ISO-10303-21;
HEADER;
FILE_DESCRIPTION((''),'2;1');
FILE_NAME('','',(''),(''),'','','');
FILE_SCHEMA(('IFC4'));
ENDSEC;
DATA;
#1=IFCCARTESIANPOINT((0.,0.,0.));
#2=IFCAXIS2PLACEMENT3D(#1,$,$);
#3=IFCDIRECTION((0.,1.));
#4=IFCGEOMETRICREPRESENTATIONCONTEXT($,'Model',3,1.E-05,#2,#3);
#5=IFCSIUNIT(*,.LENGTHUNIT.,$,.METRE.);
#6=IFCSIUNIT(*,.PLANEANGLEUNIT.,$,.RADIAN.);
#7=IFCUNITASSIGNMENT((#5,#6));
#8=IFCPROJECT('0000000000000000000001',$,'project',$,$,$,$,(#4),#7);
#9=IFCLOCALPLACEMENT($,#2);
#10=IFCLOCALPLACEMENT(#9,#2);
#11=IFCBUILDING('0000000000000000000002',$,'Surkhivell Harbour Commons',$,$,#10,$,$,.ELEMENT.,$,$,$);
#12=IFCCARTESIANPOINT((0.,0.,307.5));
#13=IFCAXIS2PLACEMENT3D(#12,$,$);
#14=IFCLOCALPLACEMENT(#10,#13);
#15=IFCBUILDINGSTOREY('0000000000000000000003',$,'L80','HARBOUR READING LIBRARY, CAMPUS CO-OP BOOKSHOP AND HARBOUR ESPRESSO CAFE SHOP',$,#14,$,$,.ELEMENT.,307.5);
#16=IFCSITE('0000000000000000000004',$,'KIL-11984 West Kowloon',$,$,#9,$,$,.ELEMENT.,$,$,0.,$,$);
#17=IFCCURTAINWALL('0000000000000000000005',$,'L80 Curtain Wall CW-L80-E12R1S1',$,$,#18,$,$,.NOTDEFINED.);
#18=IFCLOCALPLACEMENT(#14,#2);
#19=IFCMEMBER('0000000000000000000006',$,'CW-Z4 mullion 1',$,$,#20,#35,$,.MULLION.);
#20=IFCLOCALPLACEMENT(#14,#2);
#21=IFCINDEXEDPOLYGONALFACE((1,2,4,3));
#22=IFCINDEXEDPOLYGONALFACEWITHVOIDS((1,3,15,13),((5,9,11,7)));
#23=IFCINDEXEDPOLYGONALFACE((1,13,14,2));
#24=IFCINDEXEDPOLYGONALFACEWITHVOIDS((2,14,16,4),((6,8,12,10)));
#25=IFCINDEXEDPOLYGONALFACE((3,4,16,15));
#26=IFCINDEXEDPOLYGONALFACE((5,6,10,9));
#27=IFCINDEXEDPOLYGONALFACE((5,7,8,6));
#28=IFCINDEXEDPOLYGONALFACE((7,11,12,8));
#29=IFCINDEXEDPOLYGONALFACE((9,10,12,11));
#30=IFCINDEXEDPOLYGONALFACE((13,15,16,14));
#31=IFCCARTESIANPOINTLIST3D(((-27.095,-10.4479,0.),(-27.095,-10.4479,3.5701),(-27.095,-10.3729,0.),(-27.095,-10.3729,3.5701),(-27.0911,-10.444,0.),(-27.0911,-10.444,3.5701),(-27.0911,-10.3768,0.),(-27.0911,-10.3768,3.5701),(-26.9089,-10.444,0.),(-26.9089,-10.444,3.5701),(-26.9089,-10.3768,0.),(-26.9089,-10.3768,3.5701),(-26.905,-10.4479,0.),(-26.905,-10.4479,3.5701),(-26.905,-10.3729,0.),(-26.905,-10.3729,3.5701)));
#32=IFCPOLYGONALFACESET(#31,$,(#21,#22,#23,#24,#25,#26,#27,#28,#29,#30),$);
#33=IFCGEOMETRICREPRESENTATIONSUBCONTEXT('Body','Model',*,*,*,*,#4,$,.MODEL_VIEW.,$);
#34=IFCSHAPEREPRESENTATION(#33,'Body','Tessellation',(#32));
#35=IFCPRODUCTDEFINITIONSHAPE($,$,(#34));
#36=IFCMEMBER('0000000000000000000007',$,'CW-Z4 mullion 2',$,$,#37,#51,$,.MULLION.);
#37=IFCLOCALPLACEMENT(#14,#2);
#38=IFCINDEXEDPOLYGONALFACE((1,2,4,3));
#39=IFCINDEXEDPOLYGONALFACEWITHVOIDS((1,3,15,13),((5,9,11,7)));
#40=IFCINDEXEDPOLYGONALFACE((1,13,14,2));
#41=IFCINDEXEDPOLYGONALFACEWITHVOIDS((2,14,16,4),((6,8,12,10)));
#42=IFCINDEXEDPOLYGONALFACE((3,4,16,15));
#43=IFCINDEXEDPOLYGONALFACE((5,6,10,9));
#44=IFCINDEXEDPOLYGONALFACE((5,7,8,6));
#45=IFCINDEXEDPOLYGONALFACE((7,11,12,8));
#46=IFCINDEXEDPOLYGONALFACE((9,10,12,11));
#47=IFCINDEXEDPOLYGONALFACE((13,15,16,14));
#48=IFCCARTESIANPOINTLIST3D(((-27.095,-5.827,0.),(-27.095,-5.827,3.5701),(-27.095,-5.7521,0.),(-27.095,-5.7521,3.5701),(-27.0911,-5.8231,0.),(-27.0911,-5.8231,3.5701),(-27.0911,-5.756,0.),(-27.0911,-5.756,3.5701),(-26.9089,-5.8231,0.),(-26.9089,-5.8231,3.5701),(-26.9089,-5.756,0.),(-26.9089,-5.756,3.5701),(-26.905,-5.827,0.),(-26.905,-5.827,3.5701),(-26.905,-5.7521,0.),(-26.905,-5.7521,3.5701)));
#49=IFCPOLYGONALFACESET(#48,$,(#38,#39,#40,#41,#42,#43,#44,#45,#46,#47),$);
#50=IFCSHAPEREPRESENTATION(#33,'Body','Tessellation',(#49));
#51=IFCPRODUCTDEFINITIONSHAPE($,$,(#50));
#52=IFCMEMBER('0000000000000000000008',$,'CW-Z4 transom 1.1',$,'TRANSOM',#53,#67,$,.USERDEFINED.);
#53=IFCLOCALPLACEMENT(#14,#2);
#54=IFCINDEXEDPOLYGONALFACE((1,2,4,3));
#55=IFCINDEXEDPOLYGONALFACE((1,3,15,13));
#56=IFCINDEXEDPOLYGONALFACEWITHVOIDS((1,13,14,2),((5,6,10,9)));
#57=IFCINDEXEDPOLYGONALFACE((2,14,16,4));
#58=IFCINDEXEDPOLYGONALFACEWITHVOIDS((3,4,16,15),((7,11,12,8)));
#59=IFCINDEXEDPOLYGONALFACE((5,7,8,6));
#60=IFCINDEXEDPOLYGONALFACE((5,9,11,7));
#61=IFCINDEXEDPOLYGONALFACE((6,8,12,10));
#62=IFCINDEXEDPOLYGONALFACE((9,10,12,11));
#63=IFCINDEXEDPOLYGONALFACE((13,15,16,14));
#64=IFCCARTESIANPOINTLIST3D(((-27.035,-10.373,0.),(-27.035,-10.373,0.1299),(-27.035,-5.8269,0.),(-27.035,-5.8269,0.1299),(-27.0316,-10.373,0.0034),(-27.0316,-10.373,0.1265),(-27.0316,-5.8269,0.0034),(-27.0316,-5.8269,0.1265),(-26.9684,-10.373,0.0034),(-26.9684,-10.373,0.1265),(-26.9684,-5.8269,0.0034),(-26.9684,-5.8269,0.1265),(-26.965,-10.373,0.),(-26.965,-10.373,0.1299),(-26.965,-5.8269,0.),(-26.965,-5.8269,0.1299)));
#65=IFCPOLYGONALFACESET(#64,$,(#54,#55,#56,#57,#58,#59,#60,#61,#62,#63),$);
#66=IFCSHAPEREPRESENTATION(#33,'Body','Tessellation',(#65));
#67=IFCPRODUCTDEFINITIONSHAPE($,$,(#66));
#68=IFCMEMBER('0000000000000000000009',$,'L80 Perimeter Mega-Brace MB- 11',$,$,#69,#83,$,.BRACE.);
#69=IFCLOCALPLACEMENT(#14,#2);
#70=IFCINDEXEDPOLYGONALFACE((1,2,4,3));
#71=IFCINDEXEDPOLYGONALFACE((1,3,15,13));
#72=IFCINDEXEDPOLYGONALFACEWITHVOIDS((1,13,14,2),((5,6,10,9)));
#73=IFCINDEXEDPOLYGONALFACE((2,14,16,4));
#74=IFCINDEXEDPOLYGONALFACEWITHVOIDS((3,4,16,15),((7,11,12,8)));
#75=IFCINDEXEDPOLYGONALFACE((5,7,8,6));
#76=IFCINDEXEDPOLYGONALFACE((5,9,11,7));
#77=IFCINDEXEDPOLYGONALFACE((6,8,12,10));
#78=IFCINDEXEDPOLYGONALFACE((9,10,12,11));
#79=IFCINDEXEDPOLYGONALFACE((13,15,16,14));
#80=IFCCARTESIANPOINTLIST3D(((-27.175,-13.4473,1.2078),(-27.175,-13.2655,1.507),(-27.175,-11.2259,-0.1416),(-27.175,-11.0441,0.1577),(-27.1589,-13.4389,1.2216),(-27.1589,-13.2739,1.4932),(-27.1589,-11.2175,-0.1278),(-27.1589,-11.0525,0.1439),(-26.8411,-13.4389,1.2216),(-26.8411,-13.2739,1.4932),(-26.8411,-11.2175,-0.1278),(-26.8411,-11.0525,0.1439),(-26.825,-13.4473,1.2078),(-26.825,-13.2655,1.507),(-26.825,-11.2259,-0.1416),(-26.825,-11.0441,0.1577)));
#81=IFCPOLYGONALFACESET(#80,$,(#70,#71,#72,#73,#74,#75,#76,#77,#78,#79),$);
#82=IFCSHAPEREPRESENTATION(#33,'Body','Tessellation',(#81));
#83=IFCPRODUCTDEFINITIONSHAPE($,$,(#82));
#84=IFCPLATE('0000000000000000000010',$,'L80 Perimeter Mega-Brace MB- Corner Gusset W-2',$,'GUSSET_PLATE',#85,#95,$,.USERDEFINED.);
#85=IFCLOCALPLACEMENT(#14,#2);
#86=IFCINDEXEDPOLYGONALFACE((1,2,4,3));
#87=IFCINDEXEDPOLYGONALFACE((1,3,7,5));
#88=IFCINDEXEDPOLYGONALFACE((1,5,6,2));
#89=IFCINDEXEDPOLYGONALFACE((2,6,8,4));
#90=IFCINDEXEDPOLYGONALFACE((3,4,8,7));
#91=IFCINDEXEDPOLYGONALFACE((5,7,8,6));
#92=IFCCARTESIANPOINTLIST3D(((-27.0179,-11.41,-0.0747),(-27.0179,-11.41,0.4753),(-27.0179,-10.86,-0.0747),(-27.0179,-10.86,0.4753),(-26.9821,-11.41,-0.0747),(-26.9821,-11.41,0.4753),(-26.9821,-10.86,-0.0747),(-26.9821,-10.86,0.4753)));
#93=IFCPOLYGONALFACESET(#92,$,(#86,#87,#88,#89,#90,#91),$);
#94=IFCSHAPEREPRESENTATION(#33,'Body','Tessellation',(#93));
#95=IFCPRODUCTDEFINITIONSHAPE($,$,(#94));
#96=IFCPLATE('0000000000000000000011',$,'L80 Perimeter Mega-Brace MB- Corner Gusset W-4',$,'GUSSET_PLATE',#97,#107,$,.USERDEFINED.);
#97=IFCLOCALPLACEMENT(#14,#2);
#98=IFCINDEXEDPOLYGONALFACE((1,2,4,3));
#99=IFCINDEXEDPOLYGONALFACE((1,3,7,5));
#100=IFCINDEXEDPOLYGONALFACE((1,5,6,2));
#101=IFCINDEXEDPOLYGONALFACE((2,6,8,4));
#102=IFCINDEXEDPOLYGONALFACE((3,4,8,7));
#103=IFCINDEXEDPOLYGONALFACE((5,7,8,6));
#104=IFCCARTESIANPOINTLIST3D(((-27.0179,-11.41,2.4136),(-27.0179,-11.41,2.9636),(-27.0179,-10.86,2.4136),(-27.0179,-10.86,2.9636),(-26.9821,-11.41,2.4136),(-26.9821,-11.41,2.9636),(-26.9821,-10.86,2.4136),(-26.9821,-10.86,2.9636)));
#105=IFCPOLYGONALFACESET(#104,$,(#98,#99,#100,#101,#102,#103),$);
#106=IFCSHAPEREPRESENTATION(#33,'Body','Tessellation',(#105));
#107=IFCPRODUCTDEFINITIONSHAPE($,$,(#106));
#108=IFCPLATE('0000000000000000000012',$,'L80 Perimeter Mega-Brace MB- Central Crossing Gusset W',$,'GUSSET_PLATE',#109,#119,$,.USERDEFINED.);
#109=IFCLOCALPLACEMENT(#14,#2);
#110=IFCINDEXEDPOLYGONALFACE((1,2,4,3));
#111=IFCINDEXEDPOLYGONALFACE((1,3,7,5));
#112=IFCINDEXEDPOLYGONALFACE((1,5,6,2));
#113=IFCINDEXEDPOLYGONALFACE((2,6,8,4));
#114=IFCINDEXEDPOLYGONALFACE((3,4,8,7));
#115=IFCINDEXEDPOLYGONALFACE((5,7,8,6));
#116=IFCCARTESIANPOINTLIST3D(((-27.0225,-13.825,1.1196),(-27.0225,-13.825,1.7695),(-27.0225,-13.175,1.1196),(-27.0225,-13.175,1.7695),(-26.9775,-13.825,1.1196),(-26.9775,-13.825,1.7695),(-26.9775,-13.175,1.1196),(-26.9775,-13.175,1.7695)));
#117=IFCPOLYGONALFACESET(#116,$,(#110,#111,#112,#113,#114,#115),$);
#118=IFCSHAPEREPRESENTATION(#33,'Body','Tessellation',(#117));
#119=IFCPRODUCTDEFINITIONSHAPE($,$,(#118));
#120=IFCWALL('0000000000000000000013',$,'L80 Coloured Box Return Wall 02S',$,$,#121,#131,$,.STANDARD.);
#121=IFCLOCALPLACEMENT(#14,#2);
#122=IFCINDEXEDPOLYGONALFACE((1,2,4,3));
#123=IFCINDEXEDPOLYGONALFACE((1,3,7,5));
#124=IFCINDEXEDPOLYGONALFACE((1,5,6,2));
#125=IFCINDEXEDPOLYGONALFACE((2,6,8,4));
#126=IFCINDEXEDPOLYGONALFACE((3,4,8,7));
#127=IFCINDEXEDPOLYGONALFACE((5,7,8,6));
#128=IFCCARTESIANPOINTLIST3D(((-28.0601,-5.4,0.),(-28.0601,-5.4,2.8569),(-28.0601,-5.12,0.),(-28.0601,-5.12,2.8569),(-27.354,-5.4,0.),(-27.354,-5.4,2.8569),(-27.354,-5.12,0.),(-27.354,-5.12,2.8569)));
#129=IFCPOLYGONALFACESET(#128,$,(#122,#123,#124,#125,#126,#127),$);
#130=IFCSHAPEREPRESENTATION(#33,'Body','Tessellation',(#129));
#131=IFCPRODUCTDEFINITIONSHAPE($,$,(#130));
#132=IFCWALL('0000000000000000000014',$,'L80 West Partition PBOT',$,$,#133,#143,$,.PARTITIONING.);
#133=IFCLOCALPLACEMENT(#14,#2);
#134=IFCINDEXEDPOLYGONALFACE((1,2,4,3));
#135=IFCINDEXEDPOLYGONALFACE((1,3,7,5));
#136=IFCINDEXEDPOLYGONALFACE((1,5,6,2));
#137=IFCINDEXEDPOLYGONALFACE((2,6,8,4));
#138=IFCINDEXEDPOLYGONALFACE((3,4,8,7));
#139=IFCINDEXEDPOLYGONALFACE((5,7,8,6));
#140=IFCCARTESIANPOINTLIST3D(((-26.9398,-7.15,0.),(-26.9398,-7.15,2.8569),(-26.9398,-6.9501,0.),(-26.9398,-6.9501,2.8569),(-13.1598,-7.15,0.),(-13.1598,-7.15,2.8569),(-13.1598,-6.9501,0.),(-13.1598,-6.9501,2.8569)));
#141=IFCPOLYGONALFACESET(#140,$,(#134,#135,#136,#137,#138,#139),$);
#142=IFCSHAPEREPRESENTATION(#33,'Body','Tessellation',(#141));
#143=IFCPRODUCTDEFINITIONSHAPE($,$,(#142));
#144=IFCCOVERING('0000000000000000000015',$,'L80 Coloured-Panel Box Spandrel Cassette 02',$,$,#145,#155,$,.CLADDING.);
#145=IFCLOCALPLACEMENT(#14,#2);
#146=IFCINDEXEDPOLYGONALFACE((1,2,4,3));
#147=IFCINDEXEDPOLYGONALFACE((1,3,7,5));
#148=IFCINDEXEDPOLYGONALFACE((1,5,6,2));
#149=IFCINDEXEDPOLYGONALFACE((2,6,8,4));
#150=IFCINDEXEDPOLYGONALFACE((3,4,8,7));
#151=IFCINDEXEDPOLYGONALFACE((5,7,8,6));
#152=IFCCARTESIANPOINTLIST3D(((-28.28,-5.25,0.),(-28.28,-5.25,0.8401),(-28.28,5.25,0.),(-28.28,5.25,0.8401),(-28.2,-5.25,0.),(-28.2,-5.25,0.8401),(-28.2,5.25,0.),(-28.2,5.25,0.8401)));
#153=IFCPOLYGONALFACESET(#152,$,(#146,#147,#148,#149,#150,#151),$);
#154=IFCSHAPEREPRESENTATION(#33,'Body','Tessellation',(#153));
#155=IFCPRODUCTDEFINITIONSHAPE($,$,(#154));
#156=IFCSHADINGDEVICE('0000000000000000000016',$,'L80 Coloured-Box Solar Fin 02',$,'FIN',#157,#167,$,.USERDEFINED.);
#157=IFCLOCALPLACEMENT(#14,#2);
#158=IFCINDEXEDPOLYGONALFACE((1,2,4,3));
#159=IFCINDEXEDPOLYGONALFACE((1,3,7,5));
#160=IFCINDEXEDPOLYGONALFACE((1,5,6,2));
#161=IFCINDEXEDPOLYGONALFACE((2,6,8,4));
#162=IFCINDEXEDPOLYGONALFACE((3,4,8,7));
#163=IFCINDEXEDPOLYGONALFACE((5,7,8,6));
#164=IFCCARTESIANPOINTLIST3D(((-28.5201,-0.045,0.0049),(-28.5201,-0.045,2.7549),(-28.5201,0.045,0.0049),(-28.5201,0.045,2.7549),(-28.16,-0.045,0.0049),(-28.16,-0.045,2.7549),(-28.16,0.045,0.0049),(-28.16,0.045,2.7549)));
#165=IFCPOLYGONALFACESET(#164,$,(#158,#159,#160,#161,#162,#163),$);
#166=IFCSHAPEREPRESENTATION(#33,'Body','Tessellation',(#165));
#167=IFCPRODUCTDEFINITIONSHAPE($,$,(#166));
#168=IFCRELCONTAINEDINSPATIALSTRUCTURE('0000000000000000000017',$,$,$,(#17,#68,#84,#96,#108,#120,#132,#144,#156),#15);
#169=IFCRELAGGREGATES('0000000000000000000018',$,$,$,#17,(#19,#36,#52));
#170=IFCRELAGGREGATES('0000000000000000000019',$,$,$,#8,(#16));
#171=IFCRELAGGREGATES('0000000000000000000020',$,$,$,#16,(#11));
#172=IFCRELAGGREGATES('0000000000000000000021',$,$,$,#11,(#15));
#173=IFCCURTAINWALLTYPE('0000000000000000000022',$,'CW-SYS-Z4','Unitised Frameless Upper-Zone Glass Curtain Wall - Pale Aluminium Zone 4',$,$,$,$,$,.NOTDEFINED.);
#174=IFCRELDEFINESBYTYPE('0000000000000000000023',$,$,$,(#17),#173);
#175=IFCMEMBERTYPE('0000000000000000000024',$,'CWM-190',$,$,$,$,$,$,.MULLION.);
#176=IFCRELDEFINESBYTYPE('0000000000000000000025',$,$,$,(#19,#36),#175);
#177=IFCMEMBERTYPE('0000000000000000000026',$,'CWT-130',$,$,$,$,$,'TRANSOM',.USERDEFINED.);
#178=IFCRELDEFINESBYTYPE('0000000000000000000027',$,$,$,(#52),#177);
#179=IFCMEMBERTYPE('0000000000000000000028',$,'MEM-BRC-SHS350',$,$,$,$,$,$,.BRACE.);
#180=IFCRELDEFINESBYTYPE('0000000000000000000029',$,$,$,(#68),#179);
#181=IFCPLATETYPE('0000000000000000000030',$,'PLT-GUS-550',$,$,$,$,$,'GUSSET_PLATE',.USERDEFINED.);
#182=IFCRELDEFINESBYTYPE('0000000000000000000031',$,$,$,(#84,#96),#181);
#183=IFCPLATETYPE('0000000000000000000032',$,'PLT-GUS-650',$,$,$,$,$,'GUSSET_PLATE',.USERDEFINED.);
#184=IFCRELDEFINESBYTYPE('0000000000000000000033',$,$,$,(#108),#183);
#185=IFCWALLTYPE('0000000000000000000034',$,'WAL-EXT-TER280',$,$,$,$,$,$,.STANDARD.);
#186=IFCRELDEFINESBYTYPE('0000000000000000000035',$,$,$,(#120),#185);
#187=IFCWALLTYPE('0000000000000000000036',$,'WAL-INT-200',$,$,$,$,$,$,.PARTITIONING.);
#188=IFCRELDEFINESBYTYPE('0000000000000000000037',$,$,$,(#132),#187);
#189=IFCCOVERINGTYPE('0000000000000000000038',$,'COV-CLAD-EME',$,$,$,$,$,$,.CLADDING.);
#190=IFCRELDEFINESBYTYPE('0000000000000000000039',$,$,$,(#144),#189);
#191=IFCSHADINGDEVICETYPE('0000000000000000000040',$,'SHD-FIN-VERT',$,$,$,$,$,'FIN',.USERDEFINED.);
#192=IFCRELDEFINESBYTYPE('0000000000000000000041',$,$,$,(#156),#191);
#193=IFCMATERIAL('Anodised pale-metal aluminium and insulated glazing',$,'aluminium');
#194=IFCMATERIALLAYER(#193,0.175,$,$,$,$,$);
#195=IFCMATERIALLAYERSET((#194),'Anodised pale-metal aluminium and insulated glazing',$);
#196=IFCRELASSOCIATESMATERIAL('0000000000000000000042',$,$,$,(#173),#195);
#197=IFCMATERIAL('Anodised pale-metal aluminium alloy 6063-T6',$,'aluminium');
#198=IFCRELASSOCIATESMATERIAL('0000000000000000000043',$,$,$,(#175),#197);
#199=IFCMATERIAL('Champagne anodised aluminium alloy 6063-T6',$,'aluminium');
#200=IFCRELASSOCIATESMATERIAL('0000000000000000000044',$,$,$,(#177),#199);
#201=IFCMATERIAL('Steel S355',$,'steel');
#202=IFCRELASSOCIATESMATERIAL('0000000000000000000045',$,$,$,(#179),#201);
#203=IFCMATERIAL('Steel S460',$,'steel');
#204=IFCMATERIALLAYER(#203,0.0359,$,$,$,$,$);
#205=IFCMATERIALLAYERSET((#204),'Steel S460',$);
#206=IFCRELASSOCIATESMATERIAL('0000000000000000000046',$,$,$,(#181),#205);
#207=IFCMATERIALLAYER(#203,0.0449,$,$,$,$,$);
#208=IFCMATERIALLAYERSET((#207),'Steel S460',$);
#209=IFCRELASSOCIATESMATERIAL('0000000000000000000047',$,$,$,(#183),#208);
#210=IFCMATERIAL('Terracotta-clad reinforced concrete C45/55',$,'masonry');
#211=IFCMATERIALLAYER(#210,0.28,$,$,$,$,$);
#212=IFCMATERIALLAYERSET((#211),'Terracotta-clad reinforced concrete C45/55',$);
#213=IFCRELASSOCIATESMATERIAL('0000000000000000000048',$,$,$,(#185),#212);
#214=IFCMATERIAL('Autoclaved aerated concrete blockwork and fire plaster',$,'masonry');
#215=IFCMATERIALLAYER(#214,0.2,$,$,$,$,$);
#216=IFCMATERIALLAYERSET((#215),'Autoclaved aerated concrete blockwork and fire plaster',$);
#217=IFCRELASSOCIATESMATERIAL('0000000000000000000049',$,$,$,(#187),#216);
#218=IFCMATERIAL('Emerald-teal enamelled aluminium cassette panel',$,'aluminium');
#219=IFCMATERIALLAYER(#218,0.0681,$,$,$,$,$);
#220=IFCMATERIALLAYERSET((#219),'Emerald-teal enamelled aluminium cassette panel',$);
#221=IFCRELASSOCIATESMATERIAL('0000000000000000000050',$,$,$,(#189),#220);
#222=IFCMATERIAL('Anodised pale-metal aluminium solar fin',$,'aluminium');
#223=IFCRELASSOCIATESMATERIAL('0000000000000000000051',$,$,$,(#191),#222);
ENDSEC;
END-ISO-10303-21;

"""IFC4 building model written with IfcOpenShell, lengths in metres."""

from ifc_helpers import new_model, si_unit, direction, frame, frame_2d, origin, origin_2d, place, context, subcontext, project, spatial, rectangle, hollow_rectangle, extrude, material, layer, layer_set, material_profile, profile_set, type_object, element, aggregate, save


model = new_model("IFC4")

# Units and contexts
model_context = context("Model", 3, precision=1e-05, world=origin(), true_north=direction((0.0, 1.0)))
body_context = subcontext(model_context, "Body", "Model", "MODEL_VIEW")
ifc_project = project(units=[si_unit("LENGTHUNIT", "METRE"), si_unit("PLANEANGLEUNIT", "RADIAN")], contexts=[model_context])

# Site, building, storey
site_placement = place(None, origin())
site = spatial("IfcSite", under=ifc_project, at=site_placement, Name="KIL-11984 West Kowloon", CompositionType="ELEMENT", RefElevation=0.0)
building_placement = place(site_placement, origin())
building = spatial("IfcBuilding", under=site, at=building_placement, Name="Surkhivell Harbour Commons", CompositionType="ELEMENT")
storey_placement = place(building_placement, frame((0.0, 0.0, 307.5)))
storey = spatial("IfcBuildingStorey", under=building, at=storey_placement, Name="L80", Description="HARBOUR READING LIBRARY, CAMPUS CO-OP BOOKSHOP AND HARBOUR ESPRESSO CAFE SHOP", CompositionType="ELEMENT", Elevation=307.5)

# Shared definitions
ifc_material_1 = material(Name="Steel S460", Category="steel")
ifc_material_2 = material(Name="Steel S355", Category="steel")

# Curtain wall, members
ifc_material_3 = material(Name="Anodised pale-metal aluminium and insulated glazing", Category="aluminium")
ifc_layer_1 = layer(ifc_material_3, 0.175)
ifc_layer_set_1 = layer_set([ifc_layer_1], Name="Anodised pale-metal aluminium and insulated glazing")
curtain_wall_type = type_object("IfcCurtainWallType", Name="CW-SYS-Z4", Description="Unitised Frameless Upper-Zone Glass Curtain Wall - Pale Aluminium Zone 4", PredefinedType="NOTDEFINED", material=ifc_layer_set_1)
curtain_wall_placement = place(storey_placement, origin())
curtain_wall = element("IfcCurtainWall", 1, at=curtain_wall_placement, inside=storey, type_object=curtain_wall_type, Name="L80 Curtain Wall CW-L80-E12R1S1", PredefinedType="NOTDEFINED")
ifc_material_4 = material(Name="Anodised pale-metal aluminium alloy 6063-T6", Category="aluminium")
ifc_material_profile_1 = material_profile(ifc_material_4, hollow_rectangle(XDim=0.075, YDim=0.1899, WallThickness=0.0039, at=origin_2d()), Name="ALU-MULL-75x190")
ifc_profile_set_1 = profile_set([ifc_material_profile_1], Name="Anodised pale-metal aluminium alloy 6063-T6")
member_type_1 = type_object("IfcMemberType", Name="CWM-190", PredefinedType="MULLION", material=ifc_profile_set_1)
member_1_placement = place(storey_placement, frame((-27.0, -10.4104, 0.0), z_axis=(0.0, 0.0, 1.0), x_axis=(0.0, 1.0, 0.0)))
member_1 = element("IfcMember", 2, at=member_1_placement, type_object=member_type_1, Name="CW-Z4 mullion 1", PredefinedType="MULLION", context=body_context, shape_type="SweptSolid", body=[
    extrude(hollow_rectangle(XDim=0.075, YDim=0.1899, WallThickness=0.0039, at=origin_2d()), origin(), (0.0, 0.0, 1.0), 3.5701),
])
member_2_placement = place(storey_placement, frame((-27.0, -5.7896, 0.0), z_axis=(0.0, 0.0, 1.0), x_axis=(0.0, 1.0, 0.0)))
member_2 = element("IfcMember", 3, at=member_2_placement, type_object=member_type_1, Name="CW-Z4 mullion 2", PredefinedType="MULLION", context=body_context, shape_type="SweptSolid", body=[
    extrude(hollow_rectangle(XDim=0.075, YDim=0.1899, WallThickness=0.0039, at=origin_2d()), origin(), (0.0, 0.0, 1.0), 3.5701),
])
ifc_material_5 = material(Name="Champagne anodised aluminium alloy 6063-T6", Category="aluminium")
ifc_material_profile_2 = material_profile(ifc_material_5, hollow_rectangle(XDim=0.0701, YDim=0.1299, WallThickness=0.0034, at=origin_2d()), Name="ALU-TRAN-70x130")
ifc_profile_set_2 = profile_set([ifc_material_profile_2], Name="Champagne anodised aluminium alloy 6063-T6")
member_type_2 = type_object("IfcMemberType", Name="CWT-130", ElementType="TRANSOM", PredefinedType="USERDEFINED", material=ifc_profile_set_2)
member_3_placement = place(storey_placement, frame((-27.0, -10.373, 0.0649), z_axis=(0.0, 1.0, 0.0), x_axis=(-1.0, 0.0, 0.0)))
member_3 = element("IfcMember", 4, at=member_3_placement, type_object=member_type_2, Name="CW-Z4 transom 1.1", ObjectType="TRANSOM", PredefinedType="USERDEFINED", context=body_context, shape_type="SweptSolid", body=[
    extrude(hollow_rectangle(XDim=0.0701, YDim=0.1299, WallThickness=0.0034, at=origin_2d()), origin(), (0.0, 0.0, 1.0), 4.5461),
])

# Member
ifc_material_profile_3 = material_profile(ifc_material_2, hollow_rectangle(XDim=0.3501, YDim=0.3501, WallThickness=0.0161, at=origin_2d()), Name="SHS350x350x16")
ifc_profile_set_3 = profile_set([ifc_material_profile_3], Name="Steel S355")
member_type_3 = type_object("IfcMemberType", Name="MEM-BRC-SHS350", PredefinedType="BRACE", material=ifc_profile_set_3)
member_4_placement = place(storey_placement, frame((-27.0, -11.135, 0.0081), z_axis=(0.0, -0.854679, 0.519157), x_axis=(1.0, 0.0, 0.0)))
element("IfcMember", 5, at=member_4_placement, inside=storey, type_object=member_type_3, Name="L80 Perimeter Mega-Brace MB- 11", PredefinedType="BRACE", context=body_context, shape_type="SweptSolid", body=[
    extrude(hollow_rectangle(XDim=0.3501, YDim=0.3501, WallThickness=0.0161, at=origin_2d()), origin(), (0.0, 0.0, 1.0), 2.5991),
])

aggregate(curtain_wall, [member_1, member_2, member_3])

# Plates
ifc_layer_2 = layer(ifc_material_1, 0.0359)
ifc_layer_set_2 = layer_set([ifc_layer_2], Name="Steel S460")
plate_type_1 = type_object("IfcPlateType", Name="PLT-GUS-550", ElementType="GUSSET_PLATE", PredefinedType="USERDEFINED", material=ifc_layer_set_2)
for number, where, z_axis, x_axis, name in (
    (6, (-27.0, -11.135, -0.0747), (0.0, 0.0, 1.0), (0.0, 1.0, 0.0), "L80 Perimeter Mega-Brace MB- Corner Gusset W-2"),
    (7, (-27.0, -11.135, 2.4136), (0.0, 0.0, 1.0), (0.0, 1.0, 0.0), "L80 Perimeter Mega-Brace MB- Corner Gusset W-4"),
):
    element("IfcPlate", number, at=place(storey_placement, frame(where, z_axis=z_axis, x_axis=x_axis)), inside=storey, type_object=plate_type_1, Name=name, ObjectType="GUSSET_PLATE", PredefinedType="USERDEFINED", context=body_context, shape_type="SweptSolid", body=[
        extrude(rectangle(XDim=0.55, YDim=0.0359, at=origin_2d()), origin(), (0.0, 0.0, 1.0), 0.55),
    ])
ifc_layer_3 = layer(ifc_material_1, 0.0449)
ifc_layer_set_3 = layer_set([ifc_layer_3], Name="Steel S460")
plate_type_2 = type_object("IfcPlateType", Name="PLT-GUS-650", ElementType="GUSSET_PLATE", PredefinedType="USERDEFINED", material=ifc_layer_set_3)
plate_1_placement = place(storey_placement, frame((-27.0, -13.5, 1.1196), z_axis=(0.0, 0.0, 1.0), x_axis=(0.0, 1.0, 0.0)))
element("IfcPlate", 8, at=plate_1_placement, inside=storey, type_object=plate_type_2, Name="L80 Perimeter Mega-Brace MB- Central Crossing Gusset W", ObjectType="GUSSET_PLATE", PredefinedType="USERDEFINED", context=body_context, shape_type="SweptSolid", body=[
    extrude(rectangle(XDim=0.6499, YDim=0.0449, at=origin_2d()), origin(), (0.0, 0.0, 1.0), 0.6499),
])

# Walls
ifc_material_6 = material(Name="Terracotta-clad reinforced concrete C45/55", Category="masonry")
ifc_layer_4 = layer(ifc_material_6, 0.28)
ifc_layer_set_4 = layer_set([ifc_layer_4], Name="Terracotta-clad reinforced concrete C45/55")
wall_type_1 = type_object("IfcWallType", Name="WAL-EXT-TER280", PredefinedType="STANDARD", material=ifc_layer_set_4)
wall_1_placement = place(storey_placement, frame((-28.0601, -5.26, 0.0), z_axis=(0.0, 0.0, 1.0), x_axis=(1.0, 0.0, 0.0)))
element("IfcWall", 9, at=wall_1_placement, inside=storey, type_object=wall_type_1, Name="L80 Coloured Box Return Wall 02S", PredefinedType="STANDARD", context=body_context, shape_type="SweptSolid", body=[
    extrude(rectangle(XDim=0.7061, YDim=0.28, at=frame_2d((0.353, 0.0))), origin(), (0.0, 0.0, 1.0), 2.8569),
])
ifc_material_7 = material(Name="Autoclaved aerated concrete blockwork and fire plaster", Category="masonry")
ifc_layer_5 = layer(ifc_material_7, 0.2)
ifc_layer_set_5 = layer_set([ifc_layer_5], Name="Autoclaved aerated concrete blockwork and fire plaster")
wall_type_2 = type_object("IfcWallType", Name="WAL-INT-200", PredefinedType="PARTITIONING", material=ifc_layer_set_5)
wall_2_placement = place(storey_placement, frame((-26.9399, -7.05, 0.0), z_axis=(0.0, 0.0, 1.0), x_axis=(1.0, 0.0, 0.0)))
element("IfcWall", 10, at=wall_2_placement, inside=storey, type_object=wall_type_2, Name="L80 West Partition PBOT", PredefinedType="PARTITIONING", context=body_context, shape_type="SweptSolid", body=[
    extrude(rectangle(XDim=13.78, YDim=0.2, at=frame_2d((6.8901, 0.0))), origin(), (0.0, 0.0, 1.0), 2.8569),
])

# Covering
ifc_material_8 = material(Name="Emerald-teal enamelled aluminium cassette panel", Category="aluminium")
ifc_layer_6 = layer(ifc_material_8, 0.0681)
ifc_layer_set_6 = layer_set([ifc_layer_6], Name="Emerald-teal enamelled aluminium cassette panel")
covering_type = type_object("IfcCoveringType", Name="COV-CLAD-EME", PredefinedType="CLADDING", material=ifc_layer_set_6)
covering_placement = place(storey_placement, frame((-28.24, 0.0, 0.0), z_axis=(0.0, 0.0, 1.0), x_axis=(1.0, 0.0, 0.0)))
element("IfcCovering", 11, at=covering_placement, inside=storey, type_object=covering_type, Name="L80 Coloured-Panel Box Spandrel Cassette 02", PredefinedType="CLADDING", context=body_context, shape_type="SweptSolid", body=[
    extrude(rectangle(XDim=0.0801, YDim=10.5, at=origin_2d()), origin(), (0.0, 0.0, 1.0), 0.8401),
])

# Shading device
ifc_material_9 = material(Name="Anodised pale-metal aluminium solar fin", Category="aluminium")
shading_device_type = type_object("IfcShadingDeviceType", Name="SHD-FIN-VERT", ElementType="FIN", PredefinedType="USERDEFINED", material=ifc_material_9)
shading_device_placement = place(storey_placement, frame((-28.3401, 0.0, 0.0049), z_axis=(0.0, 0.0, 1.0), x_axis=(1.0, 0.0, 0.0)))
element("IfcShadingDevice", 12, at=shading_device_placement, inside=storey, type_object=shading_device_type, Name="L80 Coloured-Box Solar Fin 02", ObjectType="FIN", PredefinedType="USERDEFINED", context=body_context, shape_type="SweptSolid", body=[
    extrude(rectangle(XDim=0.3601, YDim=0.0901, at=origin_2d()), origin(), (0.0, 0.0, 1.0), 2.75),
])

save(model, "model.ifc")
